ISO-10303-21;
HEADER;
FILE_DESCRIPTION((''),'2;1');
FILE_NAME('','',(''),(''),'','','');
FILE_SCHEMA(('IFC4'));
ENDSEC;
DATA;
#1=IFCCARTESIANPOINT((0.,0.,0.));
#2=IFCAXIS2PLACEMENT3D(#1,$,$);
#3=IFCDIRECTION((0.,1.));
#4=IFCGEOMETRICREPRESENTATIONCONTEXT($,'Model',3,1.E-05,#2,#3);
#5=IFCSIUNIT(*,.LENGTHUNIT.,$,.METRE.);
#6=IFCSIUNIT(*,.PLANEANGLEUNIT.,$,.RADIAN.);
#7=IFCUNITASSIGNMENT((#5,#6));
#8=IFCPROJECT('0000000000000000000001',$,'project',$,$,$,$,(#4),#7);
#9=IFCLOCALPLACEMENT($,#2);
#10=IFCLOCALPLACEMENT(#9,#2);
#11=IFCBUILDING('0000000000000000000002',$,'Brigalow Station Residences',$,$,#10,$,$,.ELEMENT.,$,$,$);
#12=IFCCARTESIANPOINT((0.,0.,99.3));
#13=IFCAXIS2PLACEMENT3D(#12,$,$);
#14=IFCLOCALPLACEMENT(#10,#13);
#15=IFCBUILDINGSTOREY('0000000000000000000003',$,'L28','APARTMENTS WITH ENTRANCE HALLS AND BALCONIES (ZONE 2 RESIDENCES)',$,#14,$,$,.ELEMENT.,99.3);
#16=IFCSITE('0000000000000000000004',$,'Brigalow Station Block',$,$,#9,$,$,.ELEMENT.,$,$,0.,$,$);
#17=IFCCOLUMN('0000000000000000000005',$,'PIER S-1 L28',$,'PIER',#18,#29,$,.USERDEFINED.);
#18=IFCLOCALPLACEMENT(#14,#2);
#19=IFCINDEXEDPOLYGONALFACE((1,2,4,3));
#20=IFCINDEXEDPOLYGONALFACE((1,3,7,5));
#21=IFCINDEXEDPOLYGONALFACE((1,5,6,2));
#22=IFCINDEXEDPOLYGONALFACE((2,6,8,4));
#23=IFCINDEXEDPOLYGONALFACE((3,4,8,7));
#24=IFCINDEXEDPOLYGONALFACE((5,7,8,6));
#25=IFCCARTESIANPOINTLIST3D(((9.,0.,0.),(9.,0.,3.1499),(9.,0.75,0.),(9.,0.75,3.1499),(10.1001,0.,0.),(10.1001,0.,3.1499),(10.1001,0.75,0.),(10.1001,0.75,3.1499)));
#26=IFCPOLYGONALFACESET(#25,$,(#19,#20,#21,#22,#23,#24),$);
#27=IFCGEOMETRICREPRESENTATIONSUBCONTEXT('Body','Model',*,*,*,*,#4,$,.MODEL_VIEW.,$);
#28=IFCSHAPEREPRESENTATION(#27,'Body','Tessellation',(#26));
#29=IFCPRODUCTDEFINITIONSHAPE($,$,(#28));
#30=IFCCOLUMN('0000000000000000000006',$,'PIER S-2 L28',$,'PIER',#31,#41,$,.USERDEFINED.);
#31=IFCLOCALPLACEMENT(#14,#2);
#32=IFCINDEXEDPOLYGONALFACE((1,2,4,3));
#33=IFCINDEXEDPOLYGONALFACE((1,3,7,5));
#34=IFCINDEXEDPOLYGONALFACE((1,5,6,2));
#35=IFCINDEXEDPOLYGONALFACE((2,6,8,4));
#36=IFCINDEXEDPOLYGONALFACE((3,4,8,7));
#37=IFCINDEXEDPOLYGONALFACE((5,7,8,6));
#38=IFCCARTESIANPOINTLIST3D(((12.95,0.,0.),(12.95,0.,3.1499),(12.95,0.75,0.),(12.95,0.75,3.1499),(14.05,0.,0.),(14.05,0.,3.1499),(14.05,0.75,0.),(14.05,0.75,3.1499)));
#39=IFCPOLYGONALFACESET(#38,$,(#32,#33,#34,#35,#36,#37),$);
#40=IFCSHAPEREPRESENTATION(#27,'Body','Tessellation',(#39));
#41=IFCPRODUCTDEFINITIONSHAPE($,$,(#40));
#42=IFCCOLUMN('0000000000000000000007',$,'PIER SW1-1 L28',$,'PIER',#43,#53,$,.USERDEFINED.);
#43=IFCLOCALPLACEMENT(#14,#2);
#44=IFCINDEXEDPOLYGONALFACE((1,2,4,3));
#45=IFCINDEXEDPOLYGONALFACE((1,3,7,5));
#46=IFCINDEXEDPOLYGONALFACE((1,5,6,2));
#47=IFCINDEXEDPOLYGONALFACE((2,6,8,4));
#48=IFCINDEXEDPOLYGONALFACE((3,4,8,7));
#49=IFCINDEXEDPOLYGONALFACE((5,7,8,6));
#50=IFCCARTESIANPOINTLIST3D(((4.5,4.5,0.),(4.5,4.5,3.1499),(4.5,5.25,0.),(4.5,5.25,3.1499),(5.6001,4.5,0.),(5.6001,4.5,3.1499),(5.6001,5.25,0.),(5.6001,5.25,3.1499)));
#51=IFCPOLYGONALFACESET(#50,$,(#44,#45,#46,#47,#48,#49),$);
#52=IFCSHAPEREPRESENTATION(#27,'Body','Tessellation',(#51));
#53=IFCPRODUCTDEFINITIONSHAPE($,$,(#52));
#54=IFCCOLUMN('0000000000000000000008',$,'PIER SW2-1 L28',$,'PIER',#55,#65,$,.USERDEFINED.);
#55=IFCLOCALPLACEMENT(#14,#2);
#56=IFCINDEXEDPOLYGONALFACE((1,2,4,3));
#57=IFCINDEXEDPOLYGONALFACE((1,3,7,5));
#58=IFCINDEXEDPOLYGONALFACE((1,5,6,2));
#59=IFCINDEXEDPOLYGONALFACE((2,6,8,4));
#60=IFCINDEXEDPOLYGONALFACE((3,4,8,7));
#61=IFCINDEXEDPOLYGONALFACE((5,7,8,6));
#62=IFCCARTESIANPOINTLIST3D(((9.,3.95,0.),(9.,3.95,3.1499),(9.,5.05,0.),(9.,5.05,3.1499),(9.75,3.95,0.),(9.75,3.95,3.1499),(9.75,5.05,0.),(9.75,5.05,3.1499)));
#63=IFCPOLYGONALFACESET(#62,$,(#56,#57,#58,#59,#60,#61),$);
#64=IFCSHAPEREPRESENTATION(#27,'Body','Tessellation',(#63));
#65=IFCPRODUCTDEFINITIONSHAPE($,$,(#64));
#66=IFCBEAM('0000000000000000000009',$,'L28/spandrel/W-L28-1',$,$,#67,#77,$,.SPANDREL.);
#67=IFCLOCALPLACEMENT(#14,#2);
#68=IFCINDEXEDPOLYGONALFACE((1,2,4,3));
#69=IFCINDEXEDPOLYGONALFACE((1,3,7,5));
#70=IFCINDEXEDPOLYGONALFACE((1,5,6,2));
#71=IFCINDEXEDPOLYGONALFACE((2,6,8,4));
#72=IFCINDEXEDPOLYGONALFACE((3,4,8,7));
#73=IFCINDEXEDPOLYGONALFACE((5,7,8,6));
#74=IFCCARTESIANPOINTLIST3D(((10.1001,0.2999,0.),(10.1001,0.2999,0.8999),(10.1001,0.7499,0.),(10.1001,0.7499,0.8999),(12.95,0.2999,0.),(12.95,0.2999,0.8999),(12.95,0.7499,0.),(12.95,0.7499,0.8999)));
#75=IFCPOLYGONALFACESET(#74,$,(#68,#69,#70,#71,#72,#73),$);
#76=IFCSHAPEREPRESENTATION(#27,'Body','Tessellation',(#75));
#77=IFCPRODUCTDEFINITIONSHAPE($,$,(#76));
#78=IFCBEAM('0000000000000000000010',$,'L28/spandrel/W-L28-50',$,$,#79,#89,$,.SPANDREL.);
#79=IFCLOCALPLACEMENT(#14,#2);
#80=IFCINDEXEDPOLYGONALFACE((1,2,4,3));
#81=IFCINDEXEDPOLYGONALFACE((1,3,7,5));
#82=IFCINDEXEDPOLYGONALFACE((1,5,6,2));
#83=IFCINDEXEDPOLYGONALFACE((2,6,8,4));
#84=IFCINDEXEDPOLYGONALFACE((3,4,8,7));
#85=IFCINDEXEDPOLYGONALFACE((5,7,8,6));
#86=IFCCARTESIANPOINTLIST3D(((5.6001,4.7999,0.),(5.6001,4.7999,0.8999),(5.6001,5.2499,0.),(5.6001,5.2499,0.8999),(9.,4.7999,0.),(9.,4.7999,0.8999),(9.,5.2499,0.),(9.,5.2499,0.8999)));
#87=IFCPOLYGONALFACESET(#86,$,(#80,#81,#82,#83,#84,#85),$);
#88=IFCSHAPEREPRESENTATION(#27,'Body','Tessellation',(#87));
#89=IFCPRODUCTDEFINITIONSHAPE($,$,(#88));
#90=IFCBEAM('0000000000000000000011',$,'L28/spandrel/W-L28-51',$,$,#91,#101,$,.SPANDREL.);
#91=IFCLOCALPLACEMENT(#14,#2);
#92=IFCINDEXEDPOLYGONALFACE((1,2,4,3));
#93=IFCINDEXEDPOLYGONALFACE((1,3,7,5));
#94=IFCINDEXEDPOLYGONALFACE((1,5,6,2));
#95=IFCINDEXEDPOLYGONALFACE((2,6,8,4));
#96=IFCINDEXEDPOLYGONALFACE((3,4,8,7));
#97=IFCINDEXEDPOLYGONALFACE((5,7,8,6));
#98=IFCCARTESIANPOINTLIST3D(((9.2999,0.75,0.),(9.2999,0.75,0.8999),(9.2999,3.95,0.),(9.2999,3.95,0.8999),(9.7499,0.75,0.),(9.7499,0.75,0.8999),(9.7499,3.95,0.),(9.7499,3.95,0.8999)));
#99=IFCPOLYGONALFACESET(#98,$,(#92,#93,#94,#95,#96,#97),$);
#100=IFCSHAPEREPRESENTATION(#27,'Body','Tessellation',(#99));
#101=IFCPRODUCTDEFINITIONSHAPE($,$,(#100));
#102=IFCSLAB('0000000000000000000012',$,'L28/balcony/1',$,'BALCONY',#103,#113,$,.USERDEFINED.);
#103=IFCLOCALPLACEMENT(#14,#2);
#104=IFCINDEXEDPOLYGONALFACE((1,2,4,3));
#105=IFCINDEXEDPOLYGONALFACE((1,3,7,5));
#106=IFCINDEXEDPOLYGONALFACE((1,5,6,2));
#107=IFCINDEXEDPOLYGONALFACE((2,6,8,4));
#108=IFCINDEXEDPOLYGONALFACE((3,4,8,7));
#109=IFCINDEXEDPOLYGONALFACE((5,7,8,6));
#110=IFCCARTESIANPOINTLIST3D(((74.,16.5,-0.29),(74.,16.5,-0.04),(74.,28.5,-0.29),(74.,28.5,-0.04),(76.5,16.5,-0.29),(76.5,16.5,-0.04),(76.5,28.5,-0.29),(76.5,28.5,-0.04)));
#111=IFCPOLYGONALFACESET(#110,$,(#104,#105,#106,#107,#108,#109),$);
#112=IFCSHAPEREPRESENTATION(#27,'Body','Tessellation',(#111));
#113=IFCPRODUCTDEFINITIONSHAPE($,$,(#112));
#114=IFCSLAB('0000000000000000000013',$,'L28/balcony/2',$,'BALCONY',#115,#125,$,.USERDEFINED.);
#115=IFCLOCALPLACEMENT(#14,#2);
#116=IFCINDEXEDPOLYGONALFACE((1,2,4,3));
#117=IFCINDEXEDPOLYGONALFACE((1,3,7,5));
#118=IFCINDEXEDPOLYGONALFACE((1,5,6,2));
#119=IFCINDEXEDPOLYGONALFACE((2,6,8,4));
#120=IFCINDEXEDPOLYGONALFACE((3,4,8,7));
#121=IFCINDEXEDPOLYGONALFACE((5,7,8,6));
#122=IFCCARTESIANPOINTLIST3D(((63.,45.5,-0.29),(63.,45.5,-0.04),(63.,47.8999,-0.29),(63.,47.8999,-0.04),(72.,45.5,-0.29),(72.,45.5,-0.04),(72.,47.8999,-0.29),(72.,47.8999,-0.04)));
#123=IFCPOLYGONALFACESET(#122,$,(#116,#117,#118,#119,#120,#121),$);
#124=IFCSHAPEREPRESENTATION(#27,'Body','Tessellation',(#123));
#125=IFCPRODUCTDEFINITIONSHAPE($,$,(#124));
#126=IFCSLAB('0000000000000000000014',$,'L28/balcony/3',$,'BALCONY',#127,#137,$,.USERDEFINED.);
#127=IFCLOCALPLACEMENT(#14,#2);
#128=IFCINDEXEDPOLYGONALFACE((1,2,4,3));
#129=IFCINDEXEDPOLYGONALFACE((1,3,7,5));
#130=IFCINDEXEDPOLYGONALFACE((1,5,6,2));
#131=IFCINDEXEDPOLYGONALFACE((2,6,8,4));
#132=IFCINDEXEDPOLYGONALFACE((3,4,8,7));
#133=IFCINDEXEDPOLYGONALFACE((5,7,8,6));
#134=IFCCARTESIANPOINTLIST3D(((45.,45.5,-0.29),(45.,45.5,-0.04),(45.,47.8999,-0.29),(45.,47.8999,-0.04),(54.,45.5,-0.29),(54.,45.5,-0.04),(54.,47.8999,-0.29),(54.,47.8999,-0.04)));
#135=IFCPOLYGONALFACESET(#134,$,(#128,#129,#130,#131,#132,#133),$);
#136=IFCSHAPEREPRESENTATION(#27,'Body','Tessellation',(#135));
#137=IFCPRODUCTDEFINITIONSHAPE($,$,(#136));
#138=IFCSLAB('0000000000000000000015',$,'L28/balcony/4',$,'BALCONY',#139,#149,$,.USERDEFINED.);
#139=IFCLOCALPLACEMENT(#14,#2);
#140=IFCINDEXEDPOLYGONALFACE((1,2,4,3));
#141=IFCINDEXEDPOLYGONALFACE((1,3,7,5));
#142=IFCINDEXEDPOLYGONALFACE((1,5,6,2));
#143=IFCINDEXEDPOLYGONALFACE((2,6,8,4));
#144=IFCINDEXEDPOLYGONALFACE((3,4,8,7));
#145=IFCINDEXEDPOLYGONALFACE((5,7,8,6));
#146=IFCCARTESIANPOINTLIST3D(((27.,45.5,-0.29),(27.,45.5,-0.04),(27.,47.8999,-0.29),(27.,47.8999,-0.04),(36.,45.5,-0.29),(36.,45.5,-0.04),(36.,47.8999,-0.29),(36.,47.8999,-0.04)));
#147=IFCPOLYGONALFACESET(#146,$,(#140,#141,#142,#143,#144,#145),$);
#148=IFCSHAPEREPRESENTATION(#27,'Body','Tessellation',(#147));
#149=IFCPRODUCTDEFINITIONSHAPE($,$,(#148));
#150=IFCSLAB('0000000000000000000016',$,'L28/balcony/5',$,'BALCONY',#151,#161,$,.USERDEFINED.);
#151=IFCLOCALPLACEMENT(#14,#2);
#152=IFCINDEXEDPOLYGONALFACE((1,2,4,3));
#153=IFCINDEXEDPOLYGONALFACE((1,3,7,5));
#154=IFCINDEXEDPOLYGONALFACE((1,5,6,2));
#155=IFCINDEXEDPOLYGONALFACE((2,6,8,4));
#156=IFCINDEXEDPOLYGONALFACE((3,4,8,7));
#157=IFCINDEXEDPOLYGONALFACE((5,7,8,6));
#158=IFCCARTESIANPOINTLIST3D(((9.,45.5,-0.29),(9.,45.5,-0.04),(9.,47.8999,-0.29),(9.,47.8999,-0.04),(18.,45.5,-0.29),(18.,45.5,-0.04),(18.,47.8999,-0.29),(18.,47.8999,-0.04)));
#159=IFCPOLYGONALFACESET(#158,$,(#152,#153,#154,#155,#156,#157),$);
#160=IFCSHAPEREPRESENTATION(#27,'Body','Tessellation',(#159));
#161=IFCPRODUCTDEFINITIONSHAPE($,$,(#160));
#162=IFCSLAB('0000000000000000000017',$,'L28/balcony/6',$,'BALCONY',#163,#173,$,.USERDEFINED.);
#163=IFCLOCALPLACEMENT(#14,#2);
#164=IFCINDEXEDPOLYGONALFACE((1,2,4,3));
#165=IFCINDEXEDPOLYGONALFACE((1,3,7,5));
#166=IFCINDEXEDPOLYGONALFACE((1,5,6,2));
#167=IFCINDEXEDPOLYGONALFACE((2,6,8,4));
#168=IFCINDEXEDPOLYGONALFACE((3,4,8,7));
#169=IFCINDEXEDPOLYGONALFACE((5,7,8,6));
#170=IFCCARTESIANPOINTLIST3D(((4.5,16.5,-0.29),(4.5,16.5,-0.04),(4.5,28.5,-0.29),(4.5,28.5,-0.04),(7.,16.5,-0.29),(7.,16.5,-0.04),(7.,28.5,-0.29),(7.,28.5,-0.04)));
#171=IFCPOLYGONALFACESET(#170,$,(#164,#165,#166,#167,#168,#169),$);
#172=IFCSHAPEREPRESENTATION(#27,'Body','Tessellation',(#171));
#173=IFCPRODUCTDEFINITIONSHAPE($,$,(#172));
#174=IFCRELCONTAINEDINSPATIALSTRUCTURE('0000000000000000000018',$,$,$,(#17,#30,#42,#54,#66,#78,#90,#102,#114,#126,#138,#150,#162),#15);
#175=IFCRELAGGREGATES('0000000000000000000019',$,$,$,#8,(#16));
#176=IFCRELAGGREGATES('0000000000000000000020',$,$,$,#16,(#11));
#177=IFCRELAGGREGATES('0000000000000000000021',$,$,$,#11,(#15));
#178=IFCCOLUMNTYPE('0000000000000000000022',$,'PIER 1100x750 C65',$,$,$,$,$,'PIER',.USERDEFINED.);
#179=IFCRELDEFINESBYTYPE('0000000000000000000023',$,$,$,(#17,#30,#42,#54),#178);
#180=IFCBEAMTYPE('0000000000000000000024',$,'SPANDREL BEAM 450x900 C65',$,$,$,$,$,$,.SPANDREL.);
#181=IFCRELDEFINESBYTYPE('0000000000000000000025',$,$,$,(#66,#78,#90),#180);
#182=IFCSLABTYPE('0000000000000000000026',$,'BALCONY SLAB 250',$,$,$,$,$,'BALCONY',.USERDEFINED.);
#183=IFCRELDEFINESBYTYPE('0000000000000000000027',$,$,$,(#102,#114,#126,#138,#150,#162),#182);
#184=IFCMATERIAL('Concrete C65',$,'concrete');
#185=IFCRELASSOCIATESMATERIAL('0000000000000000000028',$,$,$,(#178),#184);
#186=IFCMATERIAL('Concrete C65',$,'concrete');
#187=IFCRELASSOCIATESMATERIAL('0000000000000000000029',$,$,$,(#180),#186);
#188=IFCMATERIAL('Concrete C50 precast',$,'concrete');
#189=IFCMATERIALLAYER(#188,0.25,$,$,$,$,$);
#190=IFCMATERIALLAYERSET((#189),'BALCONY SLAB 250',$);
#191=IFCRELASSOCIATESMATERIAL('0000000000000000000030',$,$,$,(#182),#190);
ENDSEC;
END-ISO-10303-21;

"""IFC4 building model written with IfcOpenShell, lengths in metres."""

from ifc_helpers import new_model, si_unit, direction, frame, origin, origin_2d, place, context, subcontext, project, spatial, polyline, rectangle, outline, extrude, material, layer, layer_set, material_profile, profile_set, type_object, element, save


model = new_model("IFC4")

# Units and contexts
model_context = context("Model", 3, precision=1e-05, world=origin(), true_north=direction((0.0, 1.0)))
body_context = subcontext(model_context, "Body", "Model", "MODEL_VIEW")
ifc_project = project(units=[si_unit("LENGTHUNIT", "METRE"), si_unit("PLANEANGLEUNIT", "RADIAN")], contexts=[model_context])

# Site, building, storey
site_placement = place(None, origin())
site = spatial("IfcSite", under=ifc_project, at=site_placement, Name="Brigalow Station Block", CompositionType="ELEMENT", RefElevation=0.0)
building_placement = place(site_placement, origin())
building = spatial("IfcBuilding", under=site, at=building_placement, Name="Brigalow Station Residences", CompositionType="ELEMENT")
storey_placement = place(building_placement, frame((0.0, 0.0, 99.3)))
storey = spatial("IfcBuildingStorey", under=building, at=storey_placement, Name="L28", Description="APARTMENTS WITH ENTRANCE HALLS AND BALCONIES (ZONE 2 RESIDENCES)", CompositionType="ELEMENT", Elevation=99.3)

# Columns
ifc_material_1 = material(Name="Concrete C65", Category="concrete")
ifc_material_profile_1 = material_profile(ifc_material_1, rectangle(XDim=1.1001, YDim=0.75, at=origin_2d()), Name="RC1100x750")
ifc_profile_set_1 = profile_set([ifc_material_profile_1], Name="Concrete C65")
column_type = type_object("IfcColumnType", Name="PIER 1100x750 C65", ElementType="PIER", PredefinedType="USERDEFINED", material=ifc_profile_set_1)
for number, where, z_axis, x_axis, name in (
    (1, (9.55, 0.375, 0.0), (0.0, 0.0, 1.0), (1.0, 0.0, 0.0), "PIER S-1 L28"),
    (2, (13.5, 0.375, 0.0), (0.0, 0.0, 1.0), (1.0, 0.0, 0.0), "PIER S-2 L28"),
    (3, (5.05, 4.875, 0.0), (0.0, 0.0, 1.0), (1.0, 0.0, 0.0), "PIER SW1-1 L28"),
    (4, (9.375, 4.5, 0.0), (0.0, 0.0, 1.0), (0.0, -1.0, 0.0), "PIER SW2-1 L28"),
):
    element("IfcColumn", number, at=place(storey_placement, frame(where, z_axis=z_axis, x_axis=x_axis)), inside=storey, type_object=column_type, Name=name, ObjectType="PIER", PredefinedType="USERDEFINED", context=body_context, shape_type="SweptSolid", body=[
        extrude(rectangle(XDim=1.1001, YDim=0.75, at=origin_2d()), origin(), (0.0, 0.0, 1.0), 3.1499),
    ])

# Beams
ifc_material_2 = material(Name="Concrete C65", Category="concrete")
ifc_material_profile_2 = material_profile(ifc_material_2, rectangle(XDim=0.45, YDim=0.8999, at=origin_2d()), Name="RC450x900")
ifc_profile_set_2 = profile_set([ifc_material_profile_2], Name="Concrete C65")
beam_type = type_object("IfcBeamType", Name="SPANDREL BEAM 450x900 C65", PredefinedType="SPANDREL", material=ifc_profile_set_2)
beam_1_placement = place(storey_placement, frame((10.1001, 0.5249, 0.45), z_axis=(1.0, 0.0, 0.0), x_axis=(0.0, 1.0, 0.0)))
element("IfcBeam", 5, at=beam_1_placement, inside=storey, type_object=beam_type, Name="L28/spandrel/W-L28-1", PredefinedType="SPANDREL", context=body_context, shape_type="SweptSolid", body=[
    extrude(rectangle(XDim=0.45, YDim=0.8999, at=origin_2d()), origin(), (0.0, 0.0, 1.0), 2.8499),
])
beam_2_placement = place(storey_placement, frame((5.6001, 5.0249, 0.45), z_axis=(1.0, 0.0, 0.0), x_axis=(0.0, 1.0, 0.0)))
element("IfcBeam", 6, at=beam_2_placement, inside=storey, type_object=beam_type, Name="L28/spandrel/W-L28-50", PredefinedType="SPANDREL", context=body_context, shape_type="SweptSolid", body=[
    extrude(rectangle(XDim=0.45, YDim=0.8999, at=origin_2d()), origin(), (0.0, 0.0, 1.0), 3.3999),
])
beam_3_placement = place(storey_placement, frame((9.5249, 3.95, 0.45), z_axis=(0.0, -1.0, 0.0), x_axis=(1.0, 0.0, 0.0)))
element("IfcBeam", 7, at=beam_3_placement, inside=storey, type_object=beam_type, Name="L28/spandrel/W-L28-51", PredefinedType="SPANDREL", context=body_context, shape_type="SweptSolid", body=[
    extrude(rectangle(XDim=0.45, YDim=0.8999, at=origin_2d()), origin(), (0.0, 0.0, 1.0), 3.2),
])

# Slabs
ifc_material_3 = material(Name="Concrete C50 precast", Category="concrete")
ifc_layer_1 = layer(ifc_material_3, 0.25)
ifc_layer_set_1 = layer_set([ifc_layer_1], Name="BALCONY SLAB 250")
slab_type_1 = type_object("IfcSlabType", Name="BALCONY SLAB 250", ElementType="BALCONY", PredefinedType="USERDEFINED", material=ifc_layer_set_1)
slab_1_placement = place(storey_placement, frame((0.0, 0.0, -0.29)))
element("IfcSlab", 8, at=slab_1_placement, inside=storey, type_object=slab_type_1, Name="L28/balcony/1", ObjectType="BALCONY", PredefinedType="USERDEFINED", context=body_context, shape_type="SweptSolid", body=[
    extrude(outline(polyline([(74.0, 16.5), (76.5, 16.5), (76.5, 28.5), (74.0, 28.5), (74.0, 16.5)])), origin(), (0.0, 0.0, 1.0), 0.25),
])
slab_2_placement = place(storey_placement, frame((0.0, 0.0, -0.29)))
element("IfcSlab", 9, at=slab_2_placement, inside=storey, type_object=slab_type_1, Name="L28/balcony/2", ObjectType="BALCONY", PredefinedType="USERDEFINED", context=body_context, shape_type="SweptSolid", body=[
    extrude(outline(polyline([(72.0, 45.5), (72.0, 47.8999), (63.0, 47.8999), (63.0, 45.5), (72.0, 45.5)])), origin(), (0.0, 0.0, 1.0), 0.25),
])
slab_3_placement = place(storey_placement, frame((0.0, 0.0, -0.29)))
element("IfcSlab", 10, at=slab_3_placement, inside=storey, type_object=slab_type_1, Name="L28/balcony/3", ObjectType="BALCONY", PredefinedType="USERDEFINED", context=body_context, shape_type="SweptSolid", body=[
    extrude(outline(polyline([(54.0, 45.5), (54.0, 47.8999), (45.0, 47.8999), (45.0, 45.5), (54.0, 45.5)])), origin(), (0.0, 0.0, 1.0), 0.25),
])
slab_4_placement = place(storey_placement, frame((0.0, 0.0, -0.29)))
element("IfcSlab", 11, at=slab_4_placement, inside=storey, type_object=slab_type_1, Name="L28/balcony/4", ObjectType="BALCONY", PredefinedType="USERDEFINED", context=body_context, shape_type="SweptSolid", body=[
    extrude(outline(polyline([(36.0, 45.5), (36.0, 47.8999), (27.0, 47.8999), (27.0, 45.5), (36.0, 45.5)])), origin(), (0.0, 0.0, 1.0), 0.25),
])
slab_5_placement = place(storey_placement, frame((0.0, 0.0, -0.29)))
element("IfcSlab", 12, at=slab_5_placement, inside=storey, type_object=slab_type_1, Name="L28/balcony/5", ObjectType="BALCONY", PredefinedType="USERDEFINED", context=body_context, shape_type="SweptSolid", body=[
    extrude(outline(polyline([(18.0, 45.5), (18.0, 47.8999), (9.0, 47.8999), (9.0, 45.5), (18.0, 45.5)])), origin(), (0.0, 0.0, 1.0), 0.25),
])
slab_6_placement = place(storey_placement, frame((0.0, 0.0, -0.29)))
element("IfcSlab", 13, at=slab_6_placement, inside=storey, type_object=slab_type_1, Name="L28/balcony/6", ObjectType="BALCONY", PredefinedType="USERDEFINED", context=body_context, shape_type="SweptSolid", body=[
    extrude(outline(polyline([(7.0, 28.5), (4.5, 28.5), (4.5, 16.5), (7.0, 16.5), (7.0, 28.5)])), origin(), (0.0, 0.0, 1.0), 0.25),
])

save(model, "model.ifc")
